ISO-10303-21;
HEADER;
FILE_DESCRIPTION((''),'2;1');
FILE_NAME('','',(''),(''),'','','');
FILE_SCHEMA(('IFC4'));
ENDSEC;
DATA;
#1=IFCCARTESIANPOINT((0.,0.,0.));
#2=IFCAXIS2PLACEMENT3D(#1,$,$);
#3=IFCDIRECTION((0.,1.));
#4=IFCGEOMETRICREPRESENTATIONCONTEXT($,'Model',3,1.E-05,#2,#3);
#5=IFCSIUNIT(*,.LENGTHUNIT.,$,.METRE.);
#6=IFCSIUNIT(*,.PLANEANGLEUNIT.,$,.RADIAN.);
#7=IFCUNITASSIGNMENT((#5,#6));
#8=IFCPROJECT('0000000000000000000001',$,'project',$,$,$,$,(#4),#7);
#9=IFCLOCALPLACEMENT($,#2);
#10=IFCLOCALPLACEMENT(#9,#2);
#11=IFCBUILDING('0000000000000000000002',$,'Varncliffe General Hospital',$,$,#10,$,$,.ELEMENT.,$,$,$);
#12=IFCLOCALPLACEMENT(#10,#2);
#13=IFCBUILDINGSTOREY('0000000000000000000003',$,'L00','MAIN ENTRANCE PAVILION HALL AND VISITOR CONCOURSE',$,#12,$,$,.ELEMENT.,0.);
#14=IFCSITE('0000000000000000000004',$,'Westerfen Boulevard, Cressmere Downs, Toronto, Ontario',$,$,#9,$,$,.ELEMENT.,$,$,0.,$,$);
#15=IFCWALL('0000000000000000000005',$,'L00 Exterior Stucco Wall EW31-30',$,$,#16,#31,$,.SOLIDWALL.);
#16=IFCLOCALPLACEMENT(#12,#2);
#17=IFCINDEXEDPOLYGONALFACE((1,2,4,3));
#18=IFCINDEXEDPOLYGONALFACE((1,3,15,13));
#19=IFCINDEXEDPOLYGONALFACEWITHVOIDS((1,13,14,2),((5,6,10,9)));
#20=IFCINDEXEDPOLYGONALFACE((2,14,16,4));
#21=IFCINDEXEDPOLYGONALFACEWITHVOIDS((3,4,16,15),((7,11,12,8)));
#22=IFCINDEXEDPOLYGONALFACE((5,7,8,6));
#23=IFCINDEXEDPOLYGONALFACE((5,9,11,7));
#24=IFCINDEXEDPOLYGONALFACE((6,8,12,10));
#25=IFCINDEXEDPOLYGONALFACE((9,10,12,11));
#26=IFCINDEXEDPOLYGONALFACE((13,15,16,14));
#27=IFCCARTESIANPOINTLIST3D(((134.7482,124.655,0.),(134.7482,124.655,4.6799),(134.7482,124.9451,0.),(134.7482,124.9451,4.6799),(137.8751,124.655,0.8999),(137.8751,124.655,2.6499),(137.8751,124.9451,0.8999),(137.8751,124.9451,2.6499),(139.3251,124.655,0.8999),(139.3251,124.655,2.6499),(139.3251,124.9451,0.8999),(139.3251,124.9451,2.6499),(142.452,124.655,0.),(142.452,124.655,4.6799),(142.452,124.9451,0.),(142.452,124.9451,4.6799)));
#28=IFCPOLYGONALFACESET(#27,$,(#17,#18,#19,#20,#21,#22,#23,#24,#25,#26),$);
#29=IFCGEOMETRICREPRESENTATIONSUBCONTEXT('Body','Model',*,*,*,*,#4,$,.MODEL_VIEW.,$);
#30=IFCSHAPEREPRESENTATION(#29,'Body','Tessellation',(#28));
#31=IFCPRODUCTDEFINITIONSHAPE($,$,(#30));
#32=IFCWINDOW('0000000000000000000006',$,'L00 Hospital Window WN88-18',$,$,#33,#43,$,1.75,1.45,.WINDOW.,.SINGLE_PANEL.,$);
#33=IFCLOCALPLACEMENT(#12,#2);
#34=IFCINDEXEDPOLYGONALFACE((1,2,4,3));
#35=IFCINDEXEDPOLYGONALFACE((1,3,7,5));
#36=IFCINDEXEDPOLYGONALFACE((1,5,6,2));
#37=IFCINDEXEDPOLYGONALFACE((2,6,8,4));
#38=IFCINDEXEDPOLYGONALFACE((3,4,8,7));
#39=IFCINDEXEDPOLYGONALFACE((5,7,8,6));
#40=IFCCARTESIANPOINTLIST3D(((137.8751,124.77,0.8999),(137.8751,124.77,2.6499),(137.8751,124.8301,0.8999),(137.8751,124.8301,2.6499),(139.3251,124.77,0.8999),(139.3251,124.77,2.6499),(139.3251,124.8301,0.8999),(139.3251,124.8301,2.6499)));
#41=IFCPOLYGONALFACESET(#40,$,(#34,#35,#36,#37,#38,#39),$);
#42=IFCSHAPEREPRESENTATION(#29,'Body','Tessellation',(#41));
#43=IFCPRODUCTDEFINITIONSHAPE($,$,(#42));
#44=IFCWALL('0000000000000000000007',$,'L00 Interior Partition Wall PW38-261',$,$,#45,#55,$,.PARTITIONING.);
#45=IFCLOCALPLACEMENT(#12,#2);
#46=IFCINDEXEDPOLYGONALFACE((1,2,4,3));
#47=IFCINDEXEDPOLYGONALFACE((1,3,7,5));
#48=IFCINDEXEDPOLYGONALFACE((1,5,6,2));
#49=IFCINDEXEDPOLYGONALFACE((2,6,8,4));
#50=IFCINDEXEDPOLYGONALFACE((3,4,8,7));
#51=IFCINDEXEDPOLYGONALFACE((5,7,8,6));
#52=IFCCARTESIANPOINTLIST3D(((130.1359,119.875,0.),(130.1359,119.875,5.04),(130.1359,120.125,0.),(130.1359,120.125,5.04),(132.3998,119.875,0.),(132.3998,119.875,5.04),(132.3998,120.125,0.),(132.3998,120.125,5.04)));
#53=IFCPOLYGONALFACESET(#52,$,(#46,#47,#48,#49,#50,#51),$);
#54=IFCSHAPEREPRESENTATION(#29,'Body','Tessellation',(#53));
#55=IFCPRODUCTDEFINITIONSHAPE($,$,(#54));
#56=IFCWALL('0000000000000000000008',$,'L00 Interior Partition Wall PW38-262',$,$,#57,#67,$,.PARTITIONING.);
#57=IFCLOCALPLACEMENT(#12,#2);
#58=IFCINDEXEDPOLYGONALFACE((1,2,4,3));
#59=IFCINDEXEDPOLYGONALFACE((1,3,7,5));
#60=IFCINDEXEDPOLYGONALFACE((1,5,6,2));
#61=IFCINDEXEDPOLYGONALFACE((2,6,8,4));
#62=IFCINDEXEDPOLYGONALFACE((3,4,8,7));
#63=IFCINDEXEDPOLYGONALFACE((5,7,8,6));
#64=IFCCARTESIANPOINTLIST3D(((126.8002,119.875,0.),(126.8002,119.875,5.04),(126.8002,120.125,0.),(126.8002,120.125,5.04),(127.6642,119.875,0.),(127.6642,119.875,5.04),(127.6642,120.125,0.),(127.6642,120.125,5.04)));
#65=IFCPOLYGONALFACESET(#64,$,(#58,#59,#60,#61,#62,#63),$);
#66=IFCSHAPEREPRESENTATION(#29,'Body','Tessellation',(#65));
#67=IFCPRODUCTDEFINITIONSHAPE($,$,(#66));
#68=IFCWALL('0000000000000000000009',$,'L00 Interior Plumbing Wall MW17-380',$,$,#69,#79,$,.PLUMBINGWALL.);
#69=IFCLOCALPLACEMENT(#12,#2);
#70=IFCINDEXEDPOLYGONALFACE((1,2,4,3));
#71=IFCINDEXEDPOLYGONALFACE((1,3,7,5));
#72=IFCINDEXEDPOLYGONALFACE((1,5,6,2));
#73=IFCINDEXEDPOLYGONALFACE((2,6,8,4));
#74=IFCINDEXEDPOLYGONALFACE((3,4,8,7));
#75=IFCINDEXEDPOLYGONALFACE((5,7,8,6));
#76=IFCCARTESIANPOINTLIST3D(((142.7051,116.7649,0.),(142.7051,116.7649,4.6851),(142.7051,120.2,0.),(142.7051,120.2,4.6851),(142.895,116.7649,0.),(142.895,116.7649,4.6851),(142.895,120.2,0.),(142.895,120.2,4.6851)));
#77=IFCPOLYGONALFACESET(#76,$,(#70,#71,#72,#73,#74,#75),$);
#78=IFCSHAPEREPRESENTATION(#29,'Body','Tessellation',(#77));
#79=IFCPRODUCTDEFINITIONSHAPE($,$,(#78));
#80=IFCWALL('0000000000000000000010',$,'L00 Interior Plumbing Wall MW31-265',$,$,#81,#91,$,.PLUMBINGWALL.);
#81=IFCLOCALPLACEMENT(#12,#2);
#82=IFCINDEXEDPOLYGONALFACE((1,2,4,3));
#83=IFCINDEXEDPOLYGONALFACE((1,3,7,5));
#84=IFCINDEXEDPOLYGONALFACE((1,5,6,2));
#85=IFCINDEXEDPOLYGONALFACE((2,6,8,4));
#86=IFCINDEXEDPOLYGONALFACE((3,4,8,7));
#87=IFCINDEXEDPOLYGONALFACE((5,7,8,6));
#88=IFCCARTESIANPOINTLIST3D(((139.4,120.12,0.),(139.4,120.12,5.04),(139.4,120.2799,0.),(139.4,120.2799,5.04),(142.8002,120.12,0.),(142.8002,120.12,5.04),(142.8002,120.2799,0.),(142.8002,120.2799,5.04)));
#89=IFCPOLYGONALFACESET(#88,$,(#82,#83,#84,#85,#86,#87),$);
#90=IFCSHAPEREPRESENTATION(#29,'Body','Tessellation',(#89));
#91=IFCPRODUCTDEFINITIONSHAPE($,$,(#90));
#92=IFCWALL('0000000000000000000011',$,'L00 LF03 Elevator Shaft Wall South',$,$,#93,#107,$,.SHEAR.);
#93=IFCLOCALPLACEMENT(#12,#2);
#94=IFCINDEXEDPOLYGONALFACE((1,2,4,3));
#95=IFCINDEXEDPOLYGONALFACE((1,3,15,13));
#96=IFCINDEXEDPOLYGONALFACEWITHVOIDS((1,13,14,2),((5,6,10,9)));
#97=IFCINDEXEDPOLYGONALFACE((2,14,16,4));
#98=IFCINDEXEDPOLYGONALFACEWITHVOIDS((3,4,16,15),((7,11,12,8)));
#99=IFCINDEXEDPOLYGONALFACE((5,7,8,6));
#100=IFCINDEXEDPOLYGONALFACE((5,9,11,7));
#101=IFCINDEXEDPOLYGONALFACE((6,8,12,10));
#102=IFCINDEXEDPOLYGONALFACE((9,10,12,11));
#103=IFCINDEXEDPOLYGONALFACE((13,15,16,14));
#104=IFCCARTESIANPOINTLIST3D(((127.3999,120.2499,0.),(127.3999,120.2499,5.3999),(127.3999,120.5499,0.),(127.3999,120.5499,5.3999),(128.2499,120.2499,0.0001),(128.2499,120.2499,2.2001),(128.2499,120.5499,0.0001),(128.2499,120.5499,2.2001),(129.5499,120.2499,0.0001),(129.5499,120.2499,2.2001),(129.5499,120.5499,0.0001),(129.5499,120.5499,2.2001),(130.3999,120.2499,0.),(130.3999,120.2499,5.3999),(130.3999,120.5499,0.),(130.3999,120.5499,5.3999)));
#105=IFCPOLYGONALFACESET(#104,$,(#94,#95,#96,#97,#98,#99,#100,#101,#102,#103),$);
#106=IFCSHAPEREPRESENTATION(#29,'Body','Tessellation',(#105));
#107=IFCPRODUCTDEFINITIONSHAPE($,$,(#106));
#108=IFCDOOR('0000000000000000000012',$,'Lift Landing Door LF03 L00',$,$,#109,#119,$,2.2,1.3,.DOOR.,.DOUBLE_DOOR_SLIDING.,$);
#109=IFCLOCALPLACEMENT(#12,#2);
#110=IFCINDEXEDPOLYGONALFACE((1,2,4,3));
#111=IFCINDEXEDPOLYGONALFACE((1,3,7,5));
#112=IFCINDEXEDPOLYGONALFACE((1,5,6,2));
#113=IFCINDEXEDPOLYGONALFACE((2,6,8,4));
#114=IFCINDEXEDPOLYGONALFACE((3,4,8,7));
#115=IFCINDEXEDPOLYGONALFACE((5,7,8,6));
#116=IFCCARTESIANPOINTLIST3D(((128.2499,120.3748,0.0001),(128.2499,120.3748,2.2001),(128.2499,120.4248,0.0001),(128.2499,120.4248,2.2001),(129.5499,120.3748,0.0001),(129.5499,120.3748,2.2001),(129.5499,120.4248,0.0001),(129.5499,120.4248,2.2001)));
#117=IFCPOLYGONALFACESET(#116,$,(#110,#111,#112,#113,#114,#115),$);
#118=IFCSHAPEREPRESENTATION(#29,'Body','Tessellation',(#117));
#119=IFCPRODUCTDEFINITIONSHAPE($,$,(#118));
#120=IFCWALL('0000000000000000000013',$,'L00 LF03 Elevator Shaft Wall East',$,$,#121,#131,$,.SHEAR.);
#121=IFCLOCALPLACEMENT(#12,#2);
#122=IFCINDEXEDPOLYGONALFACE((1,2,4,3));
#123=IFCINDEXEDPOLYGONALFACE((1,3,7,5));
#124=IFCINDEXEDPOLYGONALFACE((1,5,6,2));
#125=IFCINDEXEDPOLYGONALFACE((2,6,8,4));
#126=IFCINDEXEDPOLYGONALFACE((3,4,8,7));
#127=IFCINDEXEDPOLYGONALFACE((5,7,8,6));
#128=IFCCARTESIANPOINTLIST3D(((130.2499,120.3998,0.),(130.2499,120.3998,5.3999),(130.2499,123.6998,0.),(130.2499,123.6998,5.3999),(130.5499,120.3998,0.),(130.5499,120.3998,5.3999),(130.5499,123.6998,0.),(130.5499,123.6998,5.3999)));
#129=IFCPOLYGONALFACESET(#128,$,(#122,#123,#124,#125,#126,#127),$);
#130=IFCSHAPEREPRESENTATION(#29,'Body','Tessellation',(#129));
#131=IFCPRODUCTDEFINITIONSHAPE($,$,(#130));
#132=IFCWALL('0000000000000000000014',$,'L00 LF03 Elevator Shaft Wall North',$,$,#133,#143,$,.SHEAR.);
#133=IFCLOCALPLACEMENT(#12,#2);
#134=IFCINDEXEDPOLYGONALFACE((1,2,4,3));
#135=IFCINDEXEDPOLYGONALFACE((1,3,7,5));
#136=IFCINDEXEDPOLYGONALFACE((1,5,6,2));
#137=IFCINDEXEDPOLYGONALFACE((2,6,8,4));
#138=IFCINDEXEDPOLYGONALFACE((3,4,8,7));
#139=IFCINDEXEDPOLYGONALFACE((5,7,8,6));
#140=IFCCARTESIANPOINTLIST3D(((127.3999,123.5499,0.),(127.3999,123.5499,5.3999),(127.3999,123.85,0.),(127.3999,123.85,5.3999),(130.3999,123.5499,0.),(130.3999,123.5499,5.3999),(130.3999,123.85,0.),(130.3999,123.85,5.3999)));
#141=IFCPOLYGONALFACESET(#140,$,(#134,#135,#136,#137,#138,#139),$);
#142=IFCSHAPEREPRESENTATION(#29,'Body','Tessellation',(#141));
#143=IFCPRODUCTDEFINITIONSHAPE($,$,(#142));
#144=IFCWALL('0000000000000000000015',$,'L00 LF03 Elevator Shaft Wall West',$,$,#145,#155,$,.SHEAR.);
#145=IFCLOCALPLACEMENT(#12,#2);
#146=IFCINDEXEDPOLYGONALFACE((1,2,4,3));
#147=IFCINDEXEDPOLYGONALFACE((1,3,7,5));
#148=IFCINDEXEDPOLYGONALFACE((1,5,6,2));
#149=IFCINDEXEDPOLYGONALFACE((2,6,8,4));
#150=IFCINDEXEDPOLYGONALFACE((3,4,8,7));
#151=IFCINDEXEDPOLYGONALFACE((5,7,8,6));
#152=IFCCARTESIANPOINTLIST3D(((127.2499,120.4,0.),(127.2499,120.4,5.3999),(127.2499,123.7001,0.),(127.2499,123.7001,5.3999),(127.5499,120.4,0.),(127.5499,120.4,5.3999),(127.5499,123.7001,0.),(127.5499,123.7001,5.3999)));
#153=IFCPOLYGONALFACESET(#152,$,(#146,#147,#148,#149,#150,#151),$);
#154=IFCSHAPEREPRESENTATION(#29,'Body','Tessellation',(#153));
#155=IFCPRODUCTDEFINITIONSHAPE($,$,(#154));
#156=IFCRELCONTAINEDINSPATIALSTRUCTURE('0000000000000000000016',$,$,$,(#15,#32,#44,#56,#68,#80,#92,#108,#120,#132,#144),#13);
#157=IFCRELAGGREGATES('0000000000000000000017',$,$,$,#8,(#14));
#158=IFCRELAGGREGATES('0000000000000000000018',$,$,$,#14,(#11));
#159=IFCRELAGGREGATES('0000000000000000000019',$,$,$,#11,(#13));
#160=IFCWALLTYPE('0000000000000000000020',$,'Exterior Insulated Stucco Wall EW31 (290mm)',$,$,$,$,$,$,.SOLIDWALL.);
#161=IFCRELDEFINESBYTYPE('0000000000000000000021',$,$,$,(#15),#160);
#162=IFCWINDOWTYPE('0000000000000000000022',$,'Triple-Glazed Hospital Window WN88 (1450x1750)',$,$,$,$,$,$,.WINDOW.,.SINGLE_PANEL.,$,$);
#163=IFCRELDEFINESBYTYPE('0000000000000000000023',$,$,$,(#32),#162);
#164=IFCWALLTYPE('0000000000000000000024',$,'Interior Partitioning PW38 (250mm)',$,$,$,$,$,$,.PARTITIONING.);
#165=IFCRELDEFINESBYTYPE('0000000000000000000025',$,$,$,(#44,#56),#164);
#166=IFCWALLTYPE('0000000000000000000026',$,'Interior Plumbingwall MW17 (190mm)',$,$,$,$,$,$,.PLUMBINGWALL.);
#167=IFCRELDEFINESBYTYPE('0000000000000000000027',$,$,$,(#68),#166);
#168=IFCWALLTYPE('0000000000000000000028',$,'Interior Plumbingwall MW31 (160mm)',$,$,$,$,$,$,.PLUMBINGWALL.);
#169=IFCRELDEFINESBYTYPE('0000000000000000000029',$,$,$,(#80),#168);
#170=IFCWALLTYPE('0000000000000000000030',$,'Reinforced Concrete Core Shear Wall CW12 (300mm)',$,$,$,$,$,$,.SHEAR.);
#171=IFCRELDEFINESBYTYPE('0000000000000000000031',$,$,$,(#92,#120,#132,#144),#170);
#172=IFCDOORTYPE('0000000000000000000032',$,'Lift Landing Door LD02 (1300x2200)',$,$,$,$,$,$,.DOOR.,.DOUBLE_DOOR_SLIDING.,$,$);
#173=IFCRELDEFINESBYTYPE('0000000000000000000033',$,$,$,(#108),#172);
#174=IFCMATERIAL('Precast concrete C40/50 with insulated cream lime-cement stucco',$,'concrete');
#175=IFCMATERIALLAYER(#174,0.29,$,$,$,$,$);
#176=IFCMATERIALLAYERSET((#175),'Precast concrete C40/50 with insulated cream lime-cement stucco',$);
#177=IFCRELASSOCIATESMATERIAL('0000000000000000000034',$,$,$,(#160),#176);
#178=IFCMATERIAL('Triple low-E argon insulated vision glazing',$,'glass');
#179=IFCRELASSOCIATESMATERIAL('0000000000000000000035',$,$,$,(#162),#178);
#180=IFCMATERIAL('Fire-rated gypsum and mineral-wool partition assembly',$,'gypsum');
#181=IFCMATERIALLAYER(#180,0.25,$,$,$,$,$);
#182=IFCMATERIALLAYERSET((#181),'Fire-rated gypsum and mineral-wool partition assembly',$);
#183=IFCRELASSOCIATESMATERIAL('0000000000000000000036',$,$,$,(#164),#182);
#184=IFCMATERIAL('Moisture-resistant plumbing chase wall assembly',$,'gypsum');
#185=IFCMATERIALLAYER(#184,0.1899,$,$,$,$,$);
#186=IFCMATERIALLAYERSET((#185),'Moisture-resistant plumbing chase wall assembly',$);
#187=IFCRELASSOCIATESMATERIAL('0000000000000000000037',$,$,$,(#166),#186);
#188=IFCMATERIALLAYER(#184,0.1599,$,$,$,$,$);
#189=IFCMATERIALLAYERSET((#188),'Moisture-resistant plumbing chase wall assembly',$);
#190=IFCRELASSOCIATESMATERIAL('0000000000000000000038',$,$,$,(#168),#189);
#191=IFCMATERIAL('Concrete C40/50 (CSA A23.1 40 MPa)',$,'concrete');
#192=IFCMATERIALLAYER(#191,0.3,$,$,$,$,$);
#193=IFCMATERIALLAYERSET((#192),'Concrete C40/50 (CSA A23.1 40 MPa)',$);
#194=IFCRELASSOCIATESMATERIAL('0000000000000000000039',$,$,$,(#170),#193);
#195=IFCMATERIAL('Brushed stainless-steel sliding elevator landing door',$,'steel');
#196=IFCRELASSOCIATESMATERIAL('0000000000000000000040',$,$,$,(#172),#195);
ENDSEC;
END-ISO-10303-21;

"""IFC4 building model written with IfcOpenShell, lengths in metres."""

from ifc_helpers import new_model, si_unit, direction, frame, frame_2d, origin, place, context, subcontext, project, spatial, rectangle, extrude, material, layer, layer_set, type_object, element, fill, save


model = new_model("IFC4")

# Units and contexts
model_context = context("Model", 3, precision=1e-05, world=origin(), true_north=direction((0.0, 1.0)))
body_context = subcontext(model_context, "Body", "Model", "MODEL_VIEW")
ifc_project = project(units=[si_unit("LENGTHUNIT", "METRE"), si_unit("PLANEANGLEUNIT", "RADIAN")], contexts=[model_context])

# Site, building, storey
site_placement = place(None, origin())
site = spatial("IfcSite", under=ifc_project, at=site_placement, Name="Westerfen Boulevard, Cressmere Downs, Toronto, Ontario", CompositionType="ELEMENT", RefElevation=0.0)
building_placement = place(site_placement, origin())
building = spatial("IfcBuilding", under=site, at=building_placement, Name="Varncliffe General Hospital", CompositionType="ELEMENT")
storey_placement = place(building_placement, origin())
storey = spatial("IfcBuildingStorey", under=building, at=storey_placement, Name="L00", Description="MAIN ENTRANCE PAVILION HALL AND VISITOR CONCOURSE", CompositionType="ELEMENT", Elevation=0.0)

# Shared definitions
ifc_material_1 = material(Name="Concrete C40/50 (CSA A23.1 40 MPa)", Category="concrete")

# Wall, opening, window
ifc_material_2 = material(Name="Precast concrete C40/50 with insulated cream lime-cement stucco", Category="concrete")
ifc_material_3 = material(Name="Triple low-E argon insulated vision glazing", Category="glass")
ifc_layer_1 = layer(ifc_material_2, 0.29)
ifc_layer_set_1 = layer_set([ifc_layer_1], Name="Precast concrete C40/50 with insulated cream lime-cement stucco")
wall_type_1 = type_object("IfcWallType", Name="Exterior Insulated Stucco Wall EW31 (290mm)", PredefinedType="SOLIDWALL", material=ifc_layer_set_1)
wall_1_placement = place(storey_placement, frame((134.748, 124.8, 0.0), z_axis=(0.0, 0.0, 1.0), x_axis=(1.0, 0.0, 0.0)))
wall_1 = element("IfcWall", 1, at=wall_1_placement, inside=storey, type_object=wall_type_1, Name="L00 Exterior Stucco Wall EW31-30", PredefinedType="SOLIDWALL", context=body_context, shape_type="SweptSolid", body=[
    extrude(rectangle(XDim=7.7039, YDim=0.29, at=frame_2d((3.8521, 0.0))), origin(), (0.0, 0.0, 1.0), 4.6799),
])
opening_1_placement = place(wall_1_placement, frame((3.127, 0.0, 0.8999)))
opening_1 = element("IfcOpeningElement", 2, at=opening_1_placement, cuts=wall_1, PredefinedType="OPENING", context=body_context, shape_type="SweptSolid", body=[
    extrude(rectangle(XDim=1.45, YDim=1.75, at=frame_2d((0.7251, 0.875))), frame((0.0, 0.155, 0.0), z_axis=(0.0, -1.0, 0.0), x_axis=(1.0, 0.0, 0.0)), (0.0, 0.0, 1.0), 0.3101),
])
window_type_1 = type_object("IfcWindowType", Name="Triple-Glazed Hospital Window WN88 (1450x1750)", PartitioningType="SINGLE_PANEL", PredefinedType="WINDOW", material=ifc_material_3)
window_1_placement = place(opening_1_placement, origin())
window_1 = element("IfcWindow", 3, at=window_1_placement, inside=storey, type_object=window_type_1, Name="L00 Hospital Window WN88-18", OverallHeight=1.75, OverallWidth=1.45, PartitioningType="SINGLE_PANEL", PredefinedType="WINDOW", context=body_context, shape_type="SweptSolid", body=[
    extrude(rectangle(XDim=1.45, YDim=1.75, at=frame_2d((0.7251, 0.875))), frame((0.0, 0.03, 0.0), z_axis=(0.0, -1.0, 0.0), x_axis=(1.0, 0.0, 0.0)), (0.0, 0.0, 1.0), 0.0601),
])
fill(opening_1, window_1)

# Walls
ifc_material_4 = material(Name="Fire-rated gypsum and mineral-wool partition assembly", Category="gypsum")
ifc_layer_2 = layer(ifc_material_4, 0.25)
ifc_layer_set_2 = layer_set([ifc_layer_2], Name="Fire-rated gypsum and mineral-wool partition assembly")
wall_type_2 = type_object("IfcWallType", Name="Interior Partitioning PW38 (250mm)", PredefinedType="PARTITIONING", material=ifc_layer_set_2)
wall_2_placement = place(storey_placement, frame((130.136, 120.0, 0.0), z_axis=(0.0, 0.0, 1.0), x_axis=(1.0, 0.0, 0.0)))
element("IfcWall", 4, at=wall_2_placement, inside=storey, type_object=wall_type_2, Name="L00 Interior Partition Wall PW38-261", PredefinedType="PARTITIONING", context=body_context, shape_type="SweptSolid", body=[
    extrude(rectangle(XDim=2.2639, YDim=0.25, at=frame_2d((1.1318, 0.0))), origin(), (0.0, 0.0, 1.0), 5.04),
])
wall_3_placement = place(storey_placement, frame((126.8, 120.0, 0.0), z_axis=(0.0, 0.0, 1.0), x_axis=(1.0, 0.0, 0.0)))
element("IfcWall", 5, at=wall_3_placement, inside=storey, type_object=wall_type_2, Name="L00 Interior Partition Wall PW38-262", PredefinedType="PARTITIONING", context=body_context, shape_type="SweptSolid", body=[
    extrude(rectangle(XDim=0.864, YDim=0.25, at=frame_2d((0.4321, 0.0))), origin(), (0.0, 0.0, 1.0), 5.04),
])
ifc_material_5 = material(Name="Moisture-resistant plumbing chase wall assembly", Category="gypsum")
ifc_layer_3 = layer(ifc_material_5, 0.1899)
ifc_layer_set_3 = layer_set([ifc_layer_3], Name="Moisture-resistant plumbing chase wall assembly")
wall_type_3 = type_object("IfcWallType", Name="Interior Plumbingwall MW17 (190mm)", PredefinedType="PLUMBINGWALL", material=ifc_layer_set_3)
wall_4_placement = place(storey_placement, frame((142.8, 116.7649, 0.0), z_axis=(0.0, 0.0, 1.0), x_axis=(0.0, 1.0, 0.0)))
element("IfcWall", 6, at=wall_4_placement, inside=storey, type_object=wall_type_3, Name="L00 Interior Plumbing Wall MW17-380", PredefinedType="PLUMBINGWALL", context=body_context, shape_type="SweptSolid", body=[
    extrude(rectangle(XDim=3.4351, YDim=0.1899, at=frame_2d((1.7175, 0.0))), origin(), (0.0, 0.0, 1.0), 4.6851),
])
ifc_layer_4 = layer(ifc_material_5, 0.1599)
ifc_layer_set_4 = layer_set([ifc_layer_4], Name="Moisture-resistant plumbing chase wall assembly")
wall_type_4 = type_object("IfcWallType", Name="Interior Plumbingwall MW31 (160mm)", PredefinedType="PLUMBINGWALL", material=ifc_layer_set_4)
wall_5_placement = place(storey_placement, frame((139.3999, 120.2, 0.0), z_axis=(0.0, 0.0, 1.0), x_axis=(1.0, 0.0, 0.0)))
element("IfcWall", 7, at=wall_5_placement, inside=storey, type_object=wall_type_4, Name="L00 Interior Plumbing Wall MW31-265", PredefinedType="PLUMBINGWALL", context=body_context, shape_type="SweptSolid", body=[
    extrude(rectangle(XDim=3.4001, YDim=0.1599, at=frame_2d((1.7002, 0.0))), origin(), (0.0, 0.0, 1.0), 5.04),
])

# Wall, opening, door
ifc_layer_5 = layer(ifc_material_1, 0.3)
ifc_layer_set_5 = layer_set([ifc_layer_5], Name="Concrete C40/50 (CSA A23.1 40 MPa)")
wall_type_5 = type_object("IfcWallType", Name="Reinforced Concrete Core Shear Wall CW12 (300mm)", PredefinedType="SHEAR", material=ifc_layer_set_5)
wall_6_placement = place(storey_placement, frame((127.3999, 120.3999, 0.0), z_axis=(0.0, 0.0, 1.0), x_axis=(1.0, 0.0, 0.0)))
wall_6 = element("IfcWall", 8, at=wall_6_placement, inside=storey, type_object=wall_type_5, Name="L00 LF03 Elevator Shaft Wall South", PredefinedType="SHEAR", context=body_context, shape_type="SweptSolid", body=[
    extrude(rectangle(XDim=3.0, YDim=0.3, at=frame_2d((1.5, 0.0))), origin(), (0.0, 0.0, 1.0), 5.3999),
])
opening_2_placement = place(wall_6_placement, frame((0.8501, 0.0, 0.0)))
opening_2 = element("IfcOpeningElement", 9, at=opening_2_placement, cuts=wall_6, PredefinedType="OPENING", context=body_context, shape_type="SweptSolid", body=[
    extrude(rectangle(XDim=1.3, YDim=2.2, at=frame_2d((0.6499, 1.1001))), frame((0.0, 0.1602, 0.0), z_axis=(0.0, -1.0, 0.0), x_axis=(1.0, 0.0, 0.0)), (0.0, 0.0, 1.0), 0.3201),
])
ifc_material_6 = material(Name="Brushed stainless-steel sliding elevator landing door", Category="steel")
door_type_1 = type_object("IfcDoorType", Name="Lift Landing Door LD02 (1300x2200)", OperationType="DOUBLE_DOOR_SLIDING", PredefinedType="DOOR", material=ifc_material_6)
door_1_placement = place(opening_2_placement, origin())
door_1 = element("IfcDoor", 10, at=door_1_placement, inside=storey, type_object=door_type_1, Name="Lift Landing Door LF03 L00", OperationType="DOUBLE_DOOR_SLIDING", OverallHeight=2.2, OverallWidth=1.3, PredefinedType="DOOR", context=body_context, shape_type="SweptSolid", body=[
    extrude(rectangle(XDim=1.3, YDim=2.2, at=frame_2d((0.6499, 1.1001))), frame((0.0, 0.0249, 0.0), z_axis=(0.0, -1.0, 0.0), x_axis=(1.0, 0.0, 0.0)), (0.0, 0.0, 1.0), 0.05),
])
fill(opening_2, door_1)

# Walls
wall_7_placement = place(storey_placement, frame((130.3999, 120.3999, 0.0), z_axis=(0.0, 0.0, 1.0), x_axis=(0.0, 1.0, 0.0)))
element("IfcWall", 11, at=wall_7_placement, inside=storey, type_object=wall_type_5, Name="L00 LF03 Elevator Shaft Wall East", PredefinedType="SHEAR", context=body_context, shape_type="SweptSolid", body=[
    extrude(rectangle(XDim=3.3, YDim=0.3, at=frame_2d((1.6499, 0.0))), origin(), (0.0, 0.0, 1.0), 5.3999),
])
wall_8_placement = place(storey_placement, frame((130.3999, 123.7, 0.0), z_axis=(0.0, 0.0, 1.0), x_axis=(-1.0, 0.0, 0.0)))
element("IfcWall", 12, at=wall_8_placement, inside=storey, type_object=wall_type_5, Name="L00 LF03 Elevator Shaft Wall North", PredefinedType="SHEAR", context=body_context, shape_type="SweptSolid", body=[
    extrude(rectangle(XDim=3.0, YDim=0.3, at=frame_2d((1.5, 0.0))), origin(), (0.0, 0.0, 1.0), 5.3999),
])
wall_9_placement = place(storey_placement, frame((127.3999, 123.7, 0.0), z_axis=(0.0, 0.0, 1.0), x_axis=(0.0, -1.0, 0.0)))
element("IfcWall", 13, at=wall_9_placement, inside=storey, type_object=wall_type_5, Name="L00 LF03 Elevator Shaft Wall West", PredefinedType="SHEAR", context=body_context, shape_type="SweptSolid", body=[
    extrude(rectangle(XDim=3.3, YDim=0.3, at=frame_2d((1.6499, 0.0))), origin(), (0.0, 0.0, 1.0), 5.3999),
])

save(model, "model.ifc")
